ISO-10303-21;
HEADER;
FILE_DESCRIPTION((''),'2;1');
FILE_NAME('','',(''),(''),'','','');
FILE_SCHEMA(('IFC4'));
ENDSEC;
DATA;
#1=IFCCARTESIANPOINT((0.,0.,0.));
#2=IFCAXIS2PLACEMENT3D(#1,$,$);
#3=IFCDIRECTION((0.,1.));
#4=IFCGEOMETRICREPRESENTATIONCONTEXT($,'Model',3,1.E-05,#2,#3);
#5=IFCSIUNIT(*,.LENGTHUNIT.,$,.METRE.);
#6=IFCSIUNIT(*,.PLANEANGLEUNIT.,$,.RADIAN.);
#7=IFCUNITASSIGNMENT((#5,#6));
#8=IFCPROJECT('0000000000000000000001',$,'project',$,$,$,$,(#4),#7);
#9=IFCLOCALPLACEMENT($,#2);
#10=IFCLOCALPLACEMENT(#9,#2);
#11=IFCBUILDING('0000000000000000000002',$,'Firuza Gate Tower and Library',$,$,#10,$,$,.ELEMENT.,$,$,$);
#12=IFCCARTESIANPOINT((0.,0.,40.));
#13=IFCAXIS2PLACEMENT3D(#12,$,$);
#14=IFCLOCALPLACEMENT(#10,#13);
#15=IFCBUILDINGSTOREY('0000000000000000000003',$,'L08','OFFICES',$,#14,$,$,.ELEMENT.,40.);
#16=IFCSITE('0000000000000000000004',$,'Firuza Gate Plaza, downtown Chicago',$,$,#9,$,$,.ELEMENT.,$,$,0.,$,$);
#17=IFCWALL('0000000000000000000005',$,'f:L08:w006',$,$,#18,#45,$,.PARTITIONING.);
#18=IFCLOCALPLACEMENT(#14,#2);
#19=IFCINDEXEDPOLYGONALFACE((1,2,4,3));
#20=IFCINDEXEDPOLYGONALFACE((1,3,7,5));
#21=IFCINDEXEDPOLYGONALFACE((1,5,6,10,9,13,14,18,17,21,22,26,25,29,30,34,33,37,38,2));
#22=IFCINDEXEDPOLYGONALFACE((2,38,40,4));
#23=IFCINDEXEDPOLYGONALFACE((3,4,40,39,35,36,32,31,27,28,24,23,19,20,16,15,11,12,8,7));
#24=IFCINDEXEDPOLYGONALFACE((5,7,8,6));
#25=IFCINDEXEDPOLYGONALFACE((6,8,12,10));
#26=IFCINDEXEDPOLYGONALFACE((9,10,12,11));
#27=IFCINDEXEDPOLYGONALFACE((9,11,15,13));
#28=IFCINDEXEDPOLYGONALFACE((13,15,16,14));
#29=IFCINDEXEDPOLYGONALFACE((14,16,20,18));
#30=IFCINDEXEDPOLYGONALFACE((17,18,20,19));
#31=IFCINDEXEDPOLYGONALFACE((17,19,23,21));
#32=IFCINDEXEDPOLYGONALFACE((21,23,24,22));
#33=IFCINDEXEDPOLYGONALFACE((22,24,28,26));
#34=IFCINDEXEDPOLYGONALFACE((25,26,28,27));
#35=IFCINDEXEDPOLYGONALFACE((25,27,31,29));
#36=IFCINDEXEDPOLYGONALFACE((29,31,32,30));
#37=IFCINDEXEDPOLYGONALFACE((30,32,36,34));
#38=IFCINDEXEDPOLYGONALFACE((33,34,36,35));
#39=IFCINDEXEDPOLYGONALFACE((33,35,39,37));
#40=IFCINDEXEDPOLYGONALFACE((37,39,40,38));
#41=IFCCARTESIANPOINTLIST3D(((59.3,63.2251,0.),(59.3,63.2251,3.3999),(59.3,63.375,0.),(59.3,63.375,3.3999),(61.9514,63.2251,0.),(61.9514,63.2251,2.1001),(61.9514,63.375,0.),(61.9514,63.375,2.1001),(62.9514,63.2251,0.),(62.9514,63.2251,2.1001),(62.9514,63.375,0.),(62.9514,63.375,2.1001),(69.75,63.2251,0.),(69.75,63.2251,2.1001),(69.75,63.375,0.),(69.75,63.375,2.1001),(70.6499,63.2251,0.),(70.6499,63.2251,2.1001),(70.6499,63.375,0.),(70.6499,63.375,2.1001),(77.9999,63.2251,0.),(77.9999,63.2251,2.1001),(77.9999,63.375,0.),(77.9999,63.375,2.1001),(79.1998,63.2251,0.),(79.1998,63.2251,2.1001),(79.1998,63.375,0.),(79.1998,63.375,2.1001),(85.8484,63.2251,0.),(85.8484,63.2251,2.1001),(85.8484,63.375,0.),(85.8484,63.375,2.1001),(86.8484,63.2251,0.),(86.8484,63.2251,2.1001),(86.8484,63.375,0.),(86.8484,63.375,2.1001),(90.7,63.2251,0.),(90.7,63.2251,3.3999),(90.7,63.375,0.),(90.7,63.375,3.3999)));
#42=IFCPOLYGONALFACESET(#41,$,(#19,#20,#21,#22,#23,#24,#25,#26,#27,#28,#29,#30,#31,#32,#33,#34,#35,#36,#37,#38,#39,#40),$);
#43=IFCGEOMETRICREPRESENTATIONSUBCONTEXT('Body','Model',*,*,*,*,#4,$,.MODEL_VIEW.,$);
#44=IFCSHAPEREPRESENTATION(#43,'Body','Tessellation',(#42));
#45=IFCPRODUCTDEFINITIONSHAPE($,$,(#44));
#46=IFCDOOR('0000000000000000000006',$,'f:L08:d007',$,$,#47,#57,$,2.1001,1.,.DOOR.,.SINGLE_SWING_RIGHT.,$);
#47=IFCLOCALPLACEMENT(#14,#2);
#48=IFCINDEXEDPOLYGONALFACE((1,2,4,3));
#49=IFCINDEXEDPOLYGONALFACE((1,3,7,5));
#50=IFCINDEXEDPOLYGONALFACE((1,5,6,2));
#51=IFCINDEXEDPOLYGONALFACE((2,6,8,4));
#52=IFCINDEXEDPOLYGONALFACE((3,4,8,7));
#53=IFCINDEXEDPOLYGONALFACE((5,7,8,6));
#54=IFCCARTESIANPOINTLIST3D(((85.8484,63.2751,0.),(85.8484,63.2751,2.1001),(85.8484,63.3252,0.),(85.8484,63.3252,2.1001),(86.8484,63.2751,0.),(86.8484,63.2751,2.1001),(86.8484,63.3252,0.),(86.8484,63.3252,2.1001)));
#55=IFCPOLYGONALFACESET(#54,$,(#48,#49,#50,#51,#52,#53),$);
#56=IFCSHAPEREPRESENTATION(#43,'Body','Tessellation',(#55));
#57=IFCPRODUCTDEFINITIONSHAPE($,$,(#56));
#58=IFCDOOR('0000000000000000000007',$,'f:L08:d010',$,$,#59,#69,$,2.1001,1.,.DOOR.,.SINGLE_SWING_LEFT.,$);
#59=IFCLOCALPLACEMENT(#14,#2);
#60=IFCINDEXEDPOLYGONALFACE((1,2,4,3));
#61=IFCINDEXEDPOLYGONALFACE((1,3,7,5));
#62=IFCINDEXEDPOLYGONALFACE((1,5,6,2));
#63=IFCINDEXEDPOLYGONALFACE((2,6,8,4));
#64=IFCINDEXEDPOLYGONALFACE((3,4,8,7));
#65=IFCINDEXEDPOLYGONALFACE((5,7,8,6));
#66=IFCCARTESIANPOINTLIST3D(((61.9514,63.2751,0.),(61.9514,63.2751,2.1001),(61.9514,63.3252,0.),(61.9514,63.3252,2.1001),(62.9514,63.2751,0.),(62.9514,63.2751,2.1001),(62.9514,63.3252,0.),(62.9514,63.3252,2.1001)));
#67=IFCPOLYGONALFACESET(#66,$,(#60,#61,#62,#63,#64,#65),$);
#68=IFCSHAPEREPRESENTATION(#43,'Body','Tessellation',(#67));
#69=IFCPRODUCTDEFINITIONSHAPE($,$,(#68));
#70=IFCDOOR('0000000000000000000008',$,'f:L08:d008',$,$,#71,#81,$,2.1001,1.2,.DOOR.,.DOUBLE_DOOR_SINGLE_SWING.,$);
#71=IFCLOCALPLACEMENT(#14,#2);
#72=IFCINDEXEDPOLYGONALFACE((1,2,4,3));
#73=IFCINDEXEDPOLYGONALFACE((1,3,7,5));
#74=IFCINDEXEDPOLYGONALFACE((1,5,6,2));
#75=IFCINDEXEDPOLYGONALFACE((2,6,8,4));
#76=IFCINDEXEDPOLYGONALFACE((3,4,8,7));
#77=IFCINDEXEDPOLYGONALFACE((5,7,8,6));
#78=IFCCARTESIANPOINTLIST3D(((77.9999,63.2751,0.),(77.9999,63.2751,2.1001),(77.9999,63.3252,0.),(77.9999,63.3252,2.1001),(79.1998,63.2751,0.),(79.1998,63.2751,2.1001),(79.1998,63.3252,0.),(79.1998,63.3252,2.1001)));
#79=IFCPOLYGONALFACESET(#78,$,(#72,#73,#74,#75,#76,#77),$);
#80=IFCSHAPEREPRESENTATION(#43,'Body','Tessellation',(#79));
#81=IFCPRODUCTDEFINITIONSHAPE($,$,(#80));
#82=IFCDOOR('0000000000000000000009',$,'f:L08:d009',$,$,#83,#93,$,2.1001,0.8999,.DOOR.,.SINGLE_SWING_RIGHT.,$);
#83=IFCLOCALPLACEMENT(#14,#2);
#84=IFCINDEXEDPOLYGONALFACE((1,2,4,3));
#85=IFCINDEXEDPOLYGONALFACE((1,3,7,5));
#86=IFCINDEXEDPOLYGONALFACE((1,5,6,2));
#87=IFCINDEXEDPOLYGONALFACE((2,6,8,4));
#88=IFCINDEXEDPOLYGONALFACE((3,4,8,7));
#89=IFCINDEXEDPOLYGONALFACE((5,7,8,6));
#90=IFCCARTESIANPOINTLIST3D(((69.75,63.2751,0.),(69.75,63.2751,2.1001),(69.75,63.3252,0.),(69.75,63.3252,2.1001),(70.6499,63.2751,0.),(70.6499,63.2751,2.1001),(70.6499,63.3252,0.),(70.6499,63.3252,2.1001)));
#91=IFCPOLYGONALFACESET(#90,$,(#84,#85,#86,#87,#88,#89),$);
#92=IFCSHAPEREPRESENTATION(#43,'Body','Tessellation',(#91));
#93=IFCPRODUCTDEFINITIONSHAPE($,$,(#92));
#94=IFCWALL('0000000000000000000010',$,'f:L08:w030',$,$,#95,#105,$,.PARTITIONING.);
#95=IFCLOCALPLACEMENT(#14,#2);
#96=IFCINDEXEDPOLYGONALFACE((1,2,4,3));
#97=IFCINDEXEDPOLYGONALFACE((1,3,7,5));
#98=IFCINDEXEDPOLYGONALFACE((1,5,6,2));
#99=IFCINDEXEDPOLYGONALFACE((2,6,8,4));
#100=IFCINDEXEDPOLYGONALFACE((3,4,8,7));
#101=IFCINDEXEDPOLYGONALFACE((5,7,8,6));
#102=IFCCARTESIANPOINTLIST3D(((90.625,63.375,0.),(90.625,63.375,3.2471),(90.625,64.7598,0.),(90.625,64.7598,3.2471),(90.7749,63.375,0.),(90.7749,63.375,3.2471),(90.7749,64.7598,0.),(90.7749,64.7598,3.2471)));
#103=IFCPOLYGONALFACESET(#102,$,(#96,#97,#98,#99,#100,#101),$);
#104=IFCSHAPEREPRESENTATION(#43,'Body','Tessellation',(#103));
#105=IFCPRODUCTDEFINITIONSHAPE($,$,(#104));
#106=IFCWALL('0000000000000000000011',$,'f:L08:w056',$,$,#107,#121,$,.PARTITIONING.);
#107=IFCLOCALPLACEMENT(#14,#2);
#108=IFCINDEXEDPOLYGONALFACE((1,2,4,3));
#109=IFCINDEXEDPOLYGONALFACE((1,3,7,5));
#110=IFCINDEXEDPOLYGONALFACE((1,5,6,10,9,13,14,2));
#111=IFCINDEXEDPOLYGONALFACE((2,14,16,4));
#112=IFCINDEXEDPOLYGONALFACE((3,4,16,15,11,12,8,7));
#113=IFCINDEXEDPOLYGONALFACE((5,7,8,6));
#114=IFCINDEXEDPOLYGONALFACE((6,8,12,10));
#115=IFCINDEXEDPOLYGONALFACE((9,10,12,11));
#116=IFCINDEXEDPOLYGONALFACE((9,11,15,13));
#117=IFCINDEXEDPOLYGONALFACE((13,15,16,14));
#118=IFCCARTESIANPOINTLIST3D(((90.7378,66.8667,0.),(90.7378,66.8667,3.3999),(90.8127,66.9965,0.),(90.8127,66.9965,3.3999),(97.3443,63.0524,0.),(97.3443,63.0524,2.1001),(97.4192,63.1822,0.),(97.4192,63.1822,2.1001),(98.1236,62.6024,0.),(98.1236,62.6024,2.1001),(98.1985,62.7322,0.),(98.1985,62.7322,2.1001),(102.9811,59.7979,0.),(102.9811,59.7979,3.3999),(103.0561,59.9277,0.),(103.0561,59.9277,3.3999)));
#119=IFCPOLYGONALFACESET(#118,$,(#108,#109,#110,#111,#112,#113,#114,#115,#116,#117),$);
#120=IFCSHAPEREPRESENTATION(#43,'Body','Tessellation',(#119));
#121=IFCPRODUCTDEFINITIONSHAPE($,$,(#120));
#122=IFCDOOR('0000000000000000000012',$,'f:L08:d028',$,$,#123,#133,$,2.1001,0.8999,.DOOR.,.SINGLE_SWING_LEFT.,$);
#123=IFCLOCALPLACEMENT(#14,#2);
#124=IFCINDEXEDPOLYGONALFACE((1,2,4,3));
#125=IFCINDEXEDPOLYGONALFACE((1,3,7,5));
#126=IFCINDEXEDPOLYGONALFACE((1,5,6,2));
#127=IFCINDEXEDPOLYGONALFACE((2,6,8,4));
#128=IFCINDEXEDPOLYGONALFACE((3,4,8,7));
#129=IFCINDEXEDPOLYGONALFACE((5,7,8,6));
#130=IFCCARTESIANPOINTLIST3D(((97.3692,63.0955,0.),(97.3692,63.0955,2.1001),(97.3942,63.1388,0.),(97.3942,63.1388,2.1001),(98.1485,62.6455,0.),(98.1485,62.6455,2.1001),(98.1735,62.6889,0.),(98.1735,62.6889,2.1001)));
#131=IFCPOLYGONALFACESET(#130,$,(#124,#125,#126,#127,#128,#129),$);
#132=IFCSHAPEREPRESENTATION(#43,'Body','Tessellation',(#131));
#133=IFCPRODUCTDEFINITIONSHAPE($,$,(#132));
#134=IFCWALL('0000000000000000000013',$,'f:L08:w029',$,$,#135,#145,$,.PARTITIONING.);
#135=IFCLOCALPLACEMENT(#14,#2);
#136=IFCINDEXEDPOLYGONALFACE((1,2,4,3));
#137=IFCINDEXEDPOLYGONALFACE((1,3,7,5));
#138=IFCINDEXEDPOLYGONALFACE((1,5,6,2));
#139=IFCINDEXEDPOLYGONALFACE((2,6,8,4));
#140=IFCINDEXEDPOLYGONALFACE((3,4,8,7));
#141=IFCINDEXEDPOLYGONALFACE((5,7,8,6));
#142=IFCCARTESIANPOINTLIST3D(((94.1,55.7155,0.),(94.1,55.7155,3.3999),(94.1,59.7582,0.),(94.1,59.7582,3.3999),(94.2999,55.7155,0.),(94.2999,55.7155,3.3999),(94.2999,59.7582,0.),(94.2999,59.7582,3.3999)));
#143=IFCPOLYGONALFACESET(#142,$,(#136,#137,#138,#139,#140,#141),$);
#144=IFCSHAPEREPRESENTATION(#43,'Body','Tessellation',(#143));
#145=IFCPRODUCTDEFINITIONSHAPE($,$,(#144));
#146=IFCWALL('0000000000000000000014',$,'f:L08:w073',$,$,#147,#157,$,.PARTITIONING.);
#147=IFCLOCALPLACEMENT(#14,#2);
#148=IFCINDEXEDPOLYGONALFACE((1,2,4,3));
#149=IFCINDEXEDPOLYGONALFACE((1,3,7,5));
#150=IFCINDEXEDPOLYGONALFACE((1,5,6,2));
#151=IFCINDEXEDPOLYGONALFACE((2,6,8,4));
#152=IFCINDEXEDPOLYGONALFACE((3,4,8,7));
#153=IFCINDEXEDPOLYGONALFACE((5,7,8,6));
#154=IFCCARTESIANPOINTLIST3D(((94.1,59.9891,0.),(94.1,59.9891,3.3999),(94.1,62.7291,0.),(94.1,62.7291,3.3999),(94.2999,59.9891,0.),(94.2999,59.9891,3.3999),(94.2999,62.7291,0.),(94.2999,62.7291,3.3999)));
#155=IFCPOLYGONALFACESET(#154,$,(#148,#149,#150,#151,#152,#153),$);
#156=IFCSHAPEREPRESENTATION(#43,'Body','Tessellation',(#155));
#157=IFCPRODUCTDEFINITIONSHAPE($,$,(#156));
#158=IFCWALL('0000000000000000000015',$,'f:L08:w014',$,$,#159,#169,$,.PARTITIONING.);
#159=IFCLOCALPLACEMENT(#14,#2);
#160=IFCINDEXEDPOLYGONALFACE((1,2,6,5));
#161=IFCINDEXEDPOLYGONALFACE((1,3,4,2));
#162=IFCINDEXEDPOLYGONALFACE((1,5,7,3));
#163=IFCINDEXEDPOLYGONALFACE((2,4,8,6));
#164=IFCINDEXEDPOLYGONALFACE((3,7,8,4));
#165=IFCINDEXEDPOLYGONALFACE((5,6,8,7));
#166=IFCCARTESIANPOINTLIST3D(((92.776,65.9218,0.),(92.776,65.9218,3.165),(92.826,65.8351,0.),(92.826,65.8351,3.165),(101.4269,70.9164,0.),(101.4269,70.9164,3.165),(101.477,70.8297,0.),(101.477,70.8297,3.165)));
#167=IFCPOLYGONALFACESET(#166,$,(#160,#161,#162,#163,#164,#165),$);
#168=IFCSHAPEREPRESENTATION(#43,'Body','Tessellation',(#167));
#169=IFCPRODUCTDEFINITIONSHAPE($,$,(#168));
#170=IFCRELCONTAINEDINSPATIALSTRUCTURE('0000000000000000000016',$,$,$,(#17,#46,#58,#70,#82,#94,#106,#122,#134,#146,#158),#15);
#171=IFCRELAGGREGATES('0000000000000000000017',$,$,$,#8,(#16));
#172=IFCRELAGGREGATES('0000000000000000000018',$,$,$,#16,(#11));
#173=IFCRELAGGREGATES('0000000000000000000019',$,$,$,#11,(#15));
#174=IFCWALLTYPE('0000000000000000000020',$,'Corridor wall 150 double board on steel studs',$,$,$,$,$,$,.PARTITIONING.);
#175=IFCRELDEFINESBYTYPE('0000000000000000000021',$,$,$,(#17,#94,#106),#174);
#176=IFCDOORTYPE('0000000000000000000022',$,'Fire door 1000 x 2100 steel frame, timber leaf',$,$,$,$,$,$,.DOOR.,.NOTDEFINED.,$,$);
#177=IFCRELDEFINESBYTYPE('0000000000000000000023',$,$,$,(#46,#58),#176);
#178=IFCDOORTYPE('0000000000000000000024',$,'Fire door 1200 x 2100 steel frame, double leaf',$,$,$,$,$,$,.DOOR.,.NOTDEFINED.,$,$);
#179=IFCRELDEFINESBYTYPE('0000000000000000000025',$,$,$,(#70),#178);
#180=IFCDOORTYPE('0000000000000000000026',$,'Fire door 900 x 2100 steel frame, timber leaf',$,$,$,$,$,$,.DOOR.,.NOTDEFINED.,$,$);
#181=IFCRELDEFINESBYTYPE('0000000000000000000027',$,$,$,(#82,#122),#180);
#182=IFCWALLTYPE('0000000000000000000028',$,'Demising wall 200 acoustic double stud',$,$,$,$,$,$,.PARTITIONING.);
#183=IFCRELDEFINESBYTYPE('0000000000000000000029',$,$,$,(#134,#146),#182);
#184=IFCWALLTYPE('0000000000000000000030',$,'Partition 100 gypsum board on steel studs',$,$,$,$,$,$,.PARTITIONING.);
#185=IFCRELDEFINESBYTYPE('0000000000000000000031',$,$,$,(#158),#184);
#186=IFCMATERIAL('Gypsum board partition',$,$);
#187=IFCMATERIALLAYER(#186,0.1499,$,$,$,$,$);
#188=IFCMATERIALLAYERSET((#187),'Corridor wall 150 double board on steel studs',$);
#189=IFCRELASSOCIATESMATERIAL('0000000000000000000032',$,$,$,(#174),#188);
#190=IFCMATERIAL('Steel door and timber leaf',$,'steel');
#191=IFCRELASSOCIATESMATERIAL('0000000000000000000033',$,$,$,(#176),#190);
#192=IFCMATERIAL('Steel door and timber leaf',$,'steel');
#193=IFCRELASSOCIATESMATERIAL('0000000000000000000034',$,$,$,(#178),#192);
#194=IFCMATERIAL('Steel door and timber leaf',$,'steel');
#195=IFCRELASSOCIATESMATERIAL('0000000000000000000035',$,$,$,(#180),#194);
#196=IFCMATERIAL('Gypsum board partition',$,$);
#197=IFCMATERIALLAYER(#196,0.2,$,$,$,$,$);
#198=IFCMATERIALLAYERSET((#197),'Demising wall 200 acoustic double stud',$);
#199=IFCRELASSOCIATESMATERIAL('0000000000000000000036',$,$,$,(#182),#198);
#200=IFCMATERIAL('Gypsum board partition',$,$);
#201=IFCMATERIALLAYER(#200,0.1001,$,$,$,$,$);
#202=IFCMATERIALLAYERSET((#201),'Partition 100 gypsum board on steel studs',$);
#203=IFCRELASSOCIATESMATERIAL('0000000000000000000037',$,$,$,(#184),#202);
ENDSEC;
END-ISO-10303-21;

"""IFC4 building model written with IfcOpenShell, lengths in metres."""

from ifc_helpers import new_model, si_unit, direction, frame, frame_2d, origin, place, context, subcontext, project, spatial, rectangle, extrude, material, layer, layer_set, type_object, element, fill, save


model = new_model("IFC4")

# Units and contexts
model_context = context("Model", 3, precision=1e-05, world=origin(), true_north=direction((0.0, 1.0)))
body_context = subcontext(model_context, "Body", "Model", "MODEL_VIEW")
ifc_project = project(units=[si_unit("LENGTHUNIT", "METRE"), si_unit("PLANEANGLEUNIT", "RADIAN")], contexts=[model_context])

# Site, building, storey
site_placement = place(None, origin())
site = spatial("IfcSite", under=ifc_project, at=site_placement, Name="Firuza Gate Plaza, downtown Chicago", CompositionType="ELEMENT", RefElevation=0.0)
building_placement = place(site_placement, origin())
building = spatial("IfcBuilding", under=site, at=building_placement, Name="Firuza Gate Tower and Library", CompositionType="ELEMENT")
storey_placement = place(building_placement, frame((0.0, 0.0, 40.0)))
storey = spatial("IfcBuildingStorey", under=building, at=storey_placement, Name="L08", Description="OFFICES", CompositionType="ELEMENT", Elevation=40.0)

# Wall, openings, doors
ifc_material_1 = material(Name="Gypsum board partition")
ifc_layer_1 = layer(ifc_material_1, 0.1499)
ifc_layer_set_1 = layer_set([ifc_layer_1], Name="Corridor wall 150 double board on steel studs")
wall_type_1 = type_object("IfcWallType", Name="Corridor wall 150 double board on steel studs", PredefinedType="PARTITIONING", material=ifc_layer_set_1)
wall_1_placement = place(storey_placement, frame((90.7, 63.3, 0.0), z_axis=(0.0, 0.0, 1.0), x_axis=(-1.0, 0.0, 0.0)))
wall_1 = element("IfcWall", 1, at=wall_1_placement, inside=storey, type_object=wall_type_1, Name="f:L08:w006", PredefinedType="PARTITIONING", context=body_context, shape_type="SweptSolid", body=[
    extrude(rectangle(XDim=31.3999, YDim=0.1499, at=frame_2d((15.7, 0.0))), origin(), (0.0, 0.0, 1.0), 3.3999),
])
opening_1_placement = place(wall_1_placement, frame((3.8516, 0.0, 0.0)))
opening_1 = element("IfcOpeningElement", 2, at=opening_1_placement, cuts=wall_1, PredefinedType="OPENING", context=body_context, shape_type="SweptSolid", body=[
    extrude(rectangle(XDim=1.0, YDim=2.1001, at=frame_2d((0.5, 1.05))), frame((0.0, 0.085, 0.0), z_axis=(0.0, -1.0, 0.0), x_axis=(1.0, 0.0, 0.0)), (0.0, 0.0, 1.0), 0.1699),
])
opening_2_placement = place(wall_1_placement, frame((11.5, 0.0, 0.0)))
opening_2 = element("IfcOpeningElement", 3, at=opening_2_placement, cuts=wall_1, PredefinedType="OPENING", context=body_context, shape_type="SweptSolid", body=[
    extrude(rectangle(XDim=1.2, YDim=2.1001, at=frame_2d((0.6001, 1.05))), frame((0.0, 0.085, 0.0), z_axis=(0.0, -1.0, 0.0), x_axis=(1.0, 0.0, 0.0)), (0.0, 0.0, 1.0), 0.1699),
])
opening_3_placement = place(wall_1_placement, frame((20.05, 0.0, 0.0)))
opening_3 = element("IfcOpeningElement", 4, at=opening_3_placement, cuts=wall_1, PredefinedType="OPENING", context=body_context, shape_type="SweptSolid", body=[
    extrude(rectangle(XDim=0.8999, YDim=2.1001, at=frame_2d((0.45, 1.05))), frame((0.0, 0.085, 0.0), z_axis=(0.0, -1.0, 0.0), x_axis=(1.0, 0.0, 0.0)), (0.0, 0.0, 1.0), 0.1699),
])
opening_4_placement = place(wall_1_placement, frame((27.7485, 0.0, 0.0)))
opening_4 = element("IfcOpeningElement", 5, at=opening_4_placement, cuts=wall_1, PredefinedType="OPENING", context=body_context, shape_type="SweptSolid", body=[
    extrude(rectangle(XDim=1.0, YDim=2.1001, at=frame_2d((0.5, 1.05))), frame((0.0, 0.085, 0.0), z_axis=(0.0, -1.0, 0.0), x_axis=(1.0, 0.0, 0.0)), (0.0, 0.0, 1.0), 0.1699),
])
ifc_material_2 = material(Name="Steel door and timber leaf", Category="steel")
door_type_1 = type_object("IfcDoorType", Name="Fire door 1000 x 2100 steel frame, timber leaf", OperationType="NOTDEFINED", PredefinedType="DOOR", material=ifc_material_2)
door_1_placement = place(opening_1_placement, origin())
door_1 = element("IfcDoor", 6, at=door_1_placement, inside=storey, type_object=door_type_1, Name="f:L08:d007", OperationType="SINGLE_SWING_RIGHT", OverallHeight=2.1001, OverallWidth=1.0, PredefinedType="DOOR", context=body_context, shape_type="SweptSolid", body=[
    extrude(rectangle(XDim=1.0, YDim=2.1001, at=frame_2d((0.5, 1.05))), frame((0.0, 0.0249, 0.0), z_axis=(0.0, -1.0, 0.0), x_axis=(1.0, 0.0, 0.0)), (0.0, 0.0, 1.0), 0.05),
])
fill(opening_1, door_1)
door_2_placement = place(opening_4_placement, origin())
door_2 = element("IfcDoor", 7, at=door_2_placement, inside=storey, type_object=door_type_1, Name="f:L08:d010", OperationType="SINGLE_SWING_LEFT", OverallHeight=2.1001, OverallWidth=1.0, PredefinedType="DOOR", context=body_context, shape_type="SweptSolid", body=[
    extrude(rectangle(XDim=1.0, YDim=2.1001, at=frame_2d((0.5, 1.05))), frame((0.0, 0.0249, 0.0), z_axis=(0.0, -1.0, 0.0), x_axis=(1.0, 0.0, 0.0)), (0.0, 0.0, 1.0), 0.05),
])
fill(opening_4, door_2)
ifc_material_3 = material(Name="Steel door and timber leaf", Category="steel")
door_type_2 = type_object("IfcDoorType", Name="Fire door 1200 x 2100 steel frame, double leaf", OperationType="NOTDEFINED", PredefinedType="DOOR", material=ifc_material_3)
door_3_placement = place(opening_2_placement, origin())
door_3 = element("IfcDoor", 8, at=door_3_placement, inside=storey, type_object=door_type_2, Name="f:L08:d008", OperationType="DOUBLE_DOOR_SINGLE_SWING", OverallHeight=2.1001, OverallWidth=1.2, PredefinedType="DOOR", context=body_context, shape_type="SweptSolid", body=[
    extrude(rectangle(XDim=1.2, YDim=2.1001, at=frame_2d((0.6001, 1.05))), frame((0.0, 0.0249, 0.0), z_axis=(0.0, -1.0, 0.0), x_axis=(1.0, 0.0, 0.0)), (0.0, 0.0, 1.0), 0.05),
])
fill(opening_2, door_3)
ifc_material_4 = material(Name="Steel door and timber leaf", Category="steel")
door_type_3 = type_object("IfcDoorType", Name="Fire door 900 x 2100 steel frame, timber leaf", OperationType="NOTDEFINED", PredefinedType="DOOR", material=ifc_material_4)
door_4_placement = place(opening_3_placement, origin())
door_4 = element("IfcDoor", 9, at=door_4_placement, inside=storey, type_object=door_type_3, Name="f:L08:d009", OperationType="SINGLE_SWING_RIGHT", OverallHeight=2.1001, OverallWidth=0.8999, PredefinedType="DOOR", context=body_context, shape_type="SweptSolid", body=[
    extrude(rectangle(XDim=0.8999, YDim=2.1001, at=frame_2d((0.45, 1.05))), frame((0.0, 0.0249, 0.0), z_axis=(0.0, -1.0, 0.0), x_axis=(1.0, 0.0, 0.0)), (0.0, 0.0, 1.0), 0.05),
])
fill(opening_3, door_4)

# Wall
wall_2_placement = place(storey_placement, frame((90.7, 63.375, 0.0), z_axis=(0.0, 0.0, 1.0), x_axis=(0.0, 1.0, 0.0)))
element("IfcWall", 10, at=wall_2_placement, inside=storey, type_object=wall_type_1, Name="f:L08:w030", PredefinedType="PARTITIONING", context=body_context, shape_type="SweptSolid", body=[
    extrude(rectangle(XDim=1.3848, YDim=0.1499, at=frame_2d((0.6924, 0.0))), origin(), (0.0, 0.0, 1.0), 3.2471),
])

# Wall, opening, door
wall_3_placement = place(storey_placement, frame((90.7751, 66.9316, 0.0), z_axis=(0.0, 0.0, 1.0), x_axis=(0.866022, -0.500006, 0.0)))
wall_3 = element("IfcWall", 11, at=wall_3_placement, inside=storey, type_object=wall_type_1, Name="f:L08:w056", PredefinedType="PARTITIONING", context=body_context, shape_type="SweptSolid", body=[
    extrude(rectangle(XDim=14.1375, YDim=0.1499, at=frame_2d((7.0688, 0.0))), origin(), (0.0, 0.0, 1.0), 3.3999),
])
opening_5_placement = place(wall_3_placement, frame((7.6287, 0.0, 0.0)))
opening_5 = element("IfcOpeningElement", 12, at=opening_5_placement, cuts=wall_3, PredefinedType="OPENING", context=body_context, shape_type="SweptSolid", body=[
    extrude(rectangle(XDim=0.8999, YDim=2.1001, at=frame_2d((0.45, 1.05))), frame((0.0, 0.085, 0.0), z_axis=(0.0, -1.0, 0.0), x_axis=(1.0, 0.0, 0.0)), (0.0, 0.0, 1.0), 0.1699),
])
door_5_placement = place(opening_5_placement, origin())
door_5 = element("IfcDoor", 13, at=door_5_placement, inside=storey, type_object=door_type_3, Name="f:L08:d028", OperationType="SINGLE_SWING_LEFT", OverallHeight=2.1001, OverallWidth=0.8999, PredefinedType="DOOR", context=body_context, shape_type="SweptSolid", body=[
    extrude(rectangle(XDim=0.8999, YDim=2.1001, at=frame_2d((0.45, 1.05))), frame((0.0, 0.0249, 0.0), z_axis=(0.0, -1.0, 0.0), x_axis=(1.0, 0.0, 0.0)), (0.0, 0.0, 1.0), 0.05),
])
fill(opening_5, door_5)

# Walls
ifc_material_5 = material(Name="Gypsum board partition")
ifc_layer_2 = layer(ifc_material_5, 0.2)
ifc_layer_set_2 = layer_set([ifc_layer_2], Name="Demising wall 200 acoustic double stud")
wall_type_2 = type_object("IfcWallType", Name="Demising wall 200 acoustic double stud", PredefinedType="PARTITIONING", material=ifc_layer_set_2)
wall_4_placement = place(storey_placement, frame((94.2, 55.7153, 0.0), z_axis=(0.0, 0.0, 1.0), x_axis=(0.0, 1.0, 0.0)))
element("IfcWall", 14, at=wall_4_placement, inside=storey, type_object=wall_type_2, Name="f:L08:w029", PredefinedType="PARTITIONING", context=body_context, shape_type="SweptSolid", body=[
    extrude(rectangle(XDim=4.0427, YDim=0.2, at=frame_2d((2.0215, 0.0))), origin(), (0.0, 0.0, 1.0), 3.3999),
])
wall_5_placement = place(storey_placement, frame((94.2, 59.989, 0.0), z_axis=(0.0, 0.0, 1.0), x_axis=(0.0, 1.0, 0.0)))
element("IfcWall", 15, at=wall_5_placement, inside=storey, type_object=wall_type_2, Name="f:L08:w073", PredefinedType="PARTITIONING", context=body_context, shape_type="SweptSolid", body=[
    extrude(rectangle(XDim=2.74, YDim=0.2, at=frame_2d((1.3701, 0.0))), origin(), (0.0, 0.0, 1.0), 3.3999),
])
ifc_material_6 = material(Name="Gypsum board partition")
ifc_layer_3 = layer(ifc_material_6, 0.1001)
ifc_layer_set_3 = layer_set([ifc_layer_3], Name="Partition 100 gypsum board on steel studs")
wall_type_3 = type_object("IfcWallType", Name="Partition 100 gypsum board on steel studs", PredefinedType="PARTITIONING", material=ifc_layer_set_3)
wall_6_placement = place(storey_placement, frame((92.801, 65.8784, 0.0), z_axis=(0.0, 0.0, 1.0), x_axis=(0.866024, 0.500003, 0.0)))
element("IfcWall", 16, at=wall_6_placement, inside=storey, type_object=wall_type_3, Name="f:L08:w014", PredefinedType="PARTITIONING", context=body_context, shape_type="SweptSolid", body=[
    extrude(rectangle(XDim=9.9893, YDim=0.1001, at=frame_2d((4.9946, 0.0))), origin(), (0.0, 0.0, 1.0), 3.165),
])

save(model, "model.ifc")
